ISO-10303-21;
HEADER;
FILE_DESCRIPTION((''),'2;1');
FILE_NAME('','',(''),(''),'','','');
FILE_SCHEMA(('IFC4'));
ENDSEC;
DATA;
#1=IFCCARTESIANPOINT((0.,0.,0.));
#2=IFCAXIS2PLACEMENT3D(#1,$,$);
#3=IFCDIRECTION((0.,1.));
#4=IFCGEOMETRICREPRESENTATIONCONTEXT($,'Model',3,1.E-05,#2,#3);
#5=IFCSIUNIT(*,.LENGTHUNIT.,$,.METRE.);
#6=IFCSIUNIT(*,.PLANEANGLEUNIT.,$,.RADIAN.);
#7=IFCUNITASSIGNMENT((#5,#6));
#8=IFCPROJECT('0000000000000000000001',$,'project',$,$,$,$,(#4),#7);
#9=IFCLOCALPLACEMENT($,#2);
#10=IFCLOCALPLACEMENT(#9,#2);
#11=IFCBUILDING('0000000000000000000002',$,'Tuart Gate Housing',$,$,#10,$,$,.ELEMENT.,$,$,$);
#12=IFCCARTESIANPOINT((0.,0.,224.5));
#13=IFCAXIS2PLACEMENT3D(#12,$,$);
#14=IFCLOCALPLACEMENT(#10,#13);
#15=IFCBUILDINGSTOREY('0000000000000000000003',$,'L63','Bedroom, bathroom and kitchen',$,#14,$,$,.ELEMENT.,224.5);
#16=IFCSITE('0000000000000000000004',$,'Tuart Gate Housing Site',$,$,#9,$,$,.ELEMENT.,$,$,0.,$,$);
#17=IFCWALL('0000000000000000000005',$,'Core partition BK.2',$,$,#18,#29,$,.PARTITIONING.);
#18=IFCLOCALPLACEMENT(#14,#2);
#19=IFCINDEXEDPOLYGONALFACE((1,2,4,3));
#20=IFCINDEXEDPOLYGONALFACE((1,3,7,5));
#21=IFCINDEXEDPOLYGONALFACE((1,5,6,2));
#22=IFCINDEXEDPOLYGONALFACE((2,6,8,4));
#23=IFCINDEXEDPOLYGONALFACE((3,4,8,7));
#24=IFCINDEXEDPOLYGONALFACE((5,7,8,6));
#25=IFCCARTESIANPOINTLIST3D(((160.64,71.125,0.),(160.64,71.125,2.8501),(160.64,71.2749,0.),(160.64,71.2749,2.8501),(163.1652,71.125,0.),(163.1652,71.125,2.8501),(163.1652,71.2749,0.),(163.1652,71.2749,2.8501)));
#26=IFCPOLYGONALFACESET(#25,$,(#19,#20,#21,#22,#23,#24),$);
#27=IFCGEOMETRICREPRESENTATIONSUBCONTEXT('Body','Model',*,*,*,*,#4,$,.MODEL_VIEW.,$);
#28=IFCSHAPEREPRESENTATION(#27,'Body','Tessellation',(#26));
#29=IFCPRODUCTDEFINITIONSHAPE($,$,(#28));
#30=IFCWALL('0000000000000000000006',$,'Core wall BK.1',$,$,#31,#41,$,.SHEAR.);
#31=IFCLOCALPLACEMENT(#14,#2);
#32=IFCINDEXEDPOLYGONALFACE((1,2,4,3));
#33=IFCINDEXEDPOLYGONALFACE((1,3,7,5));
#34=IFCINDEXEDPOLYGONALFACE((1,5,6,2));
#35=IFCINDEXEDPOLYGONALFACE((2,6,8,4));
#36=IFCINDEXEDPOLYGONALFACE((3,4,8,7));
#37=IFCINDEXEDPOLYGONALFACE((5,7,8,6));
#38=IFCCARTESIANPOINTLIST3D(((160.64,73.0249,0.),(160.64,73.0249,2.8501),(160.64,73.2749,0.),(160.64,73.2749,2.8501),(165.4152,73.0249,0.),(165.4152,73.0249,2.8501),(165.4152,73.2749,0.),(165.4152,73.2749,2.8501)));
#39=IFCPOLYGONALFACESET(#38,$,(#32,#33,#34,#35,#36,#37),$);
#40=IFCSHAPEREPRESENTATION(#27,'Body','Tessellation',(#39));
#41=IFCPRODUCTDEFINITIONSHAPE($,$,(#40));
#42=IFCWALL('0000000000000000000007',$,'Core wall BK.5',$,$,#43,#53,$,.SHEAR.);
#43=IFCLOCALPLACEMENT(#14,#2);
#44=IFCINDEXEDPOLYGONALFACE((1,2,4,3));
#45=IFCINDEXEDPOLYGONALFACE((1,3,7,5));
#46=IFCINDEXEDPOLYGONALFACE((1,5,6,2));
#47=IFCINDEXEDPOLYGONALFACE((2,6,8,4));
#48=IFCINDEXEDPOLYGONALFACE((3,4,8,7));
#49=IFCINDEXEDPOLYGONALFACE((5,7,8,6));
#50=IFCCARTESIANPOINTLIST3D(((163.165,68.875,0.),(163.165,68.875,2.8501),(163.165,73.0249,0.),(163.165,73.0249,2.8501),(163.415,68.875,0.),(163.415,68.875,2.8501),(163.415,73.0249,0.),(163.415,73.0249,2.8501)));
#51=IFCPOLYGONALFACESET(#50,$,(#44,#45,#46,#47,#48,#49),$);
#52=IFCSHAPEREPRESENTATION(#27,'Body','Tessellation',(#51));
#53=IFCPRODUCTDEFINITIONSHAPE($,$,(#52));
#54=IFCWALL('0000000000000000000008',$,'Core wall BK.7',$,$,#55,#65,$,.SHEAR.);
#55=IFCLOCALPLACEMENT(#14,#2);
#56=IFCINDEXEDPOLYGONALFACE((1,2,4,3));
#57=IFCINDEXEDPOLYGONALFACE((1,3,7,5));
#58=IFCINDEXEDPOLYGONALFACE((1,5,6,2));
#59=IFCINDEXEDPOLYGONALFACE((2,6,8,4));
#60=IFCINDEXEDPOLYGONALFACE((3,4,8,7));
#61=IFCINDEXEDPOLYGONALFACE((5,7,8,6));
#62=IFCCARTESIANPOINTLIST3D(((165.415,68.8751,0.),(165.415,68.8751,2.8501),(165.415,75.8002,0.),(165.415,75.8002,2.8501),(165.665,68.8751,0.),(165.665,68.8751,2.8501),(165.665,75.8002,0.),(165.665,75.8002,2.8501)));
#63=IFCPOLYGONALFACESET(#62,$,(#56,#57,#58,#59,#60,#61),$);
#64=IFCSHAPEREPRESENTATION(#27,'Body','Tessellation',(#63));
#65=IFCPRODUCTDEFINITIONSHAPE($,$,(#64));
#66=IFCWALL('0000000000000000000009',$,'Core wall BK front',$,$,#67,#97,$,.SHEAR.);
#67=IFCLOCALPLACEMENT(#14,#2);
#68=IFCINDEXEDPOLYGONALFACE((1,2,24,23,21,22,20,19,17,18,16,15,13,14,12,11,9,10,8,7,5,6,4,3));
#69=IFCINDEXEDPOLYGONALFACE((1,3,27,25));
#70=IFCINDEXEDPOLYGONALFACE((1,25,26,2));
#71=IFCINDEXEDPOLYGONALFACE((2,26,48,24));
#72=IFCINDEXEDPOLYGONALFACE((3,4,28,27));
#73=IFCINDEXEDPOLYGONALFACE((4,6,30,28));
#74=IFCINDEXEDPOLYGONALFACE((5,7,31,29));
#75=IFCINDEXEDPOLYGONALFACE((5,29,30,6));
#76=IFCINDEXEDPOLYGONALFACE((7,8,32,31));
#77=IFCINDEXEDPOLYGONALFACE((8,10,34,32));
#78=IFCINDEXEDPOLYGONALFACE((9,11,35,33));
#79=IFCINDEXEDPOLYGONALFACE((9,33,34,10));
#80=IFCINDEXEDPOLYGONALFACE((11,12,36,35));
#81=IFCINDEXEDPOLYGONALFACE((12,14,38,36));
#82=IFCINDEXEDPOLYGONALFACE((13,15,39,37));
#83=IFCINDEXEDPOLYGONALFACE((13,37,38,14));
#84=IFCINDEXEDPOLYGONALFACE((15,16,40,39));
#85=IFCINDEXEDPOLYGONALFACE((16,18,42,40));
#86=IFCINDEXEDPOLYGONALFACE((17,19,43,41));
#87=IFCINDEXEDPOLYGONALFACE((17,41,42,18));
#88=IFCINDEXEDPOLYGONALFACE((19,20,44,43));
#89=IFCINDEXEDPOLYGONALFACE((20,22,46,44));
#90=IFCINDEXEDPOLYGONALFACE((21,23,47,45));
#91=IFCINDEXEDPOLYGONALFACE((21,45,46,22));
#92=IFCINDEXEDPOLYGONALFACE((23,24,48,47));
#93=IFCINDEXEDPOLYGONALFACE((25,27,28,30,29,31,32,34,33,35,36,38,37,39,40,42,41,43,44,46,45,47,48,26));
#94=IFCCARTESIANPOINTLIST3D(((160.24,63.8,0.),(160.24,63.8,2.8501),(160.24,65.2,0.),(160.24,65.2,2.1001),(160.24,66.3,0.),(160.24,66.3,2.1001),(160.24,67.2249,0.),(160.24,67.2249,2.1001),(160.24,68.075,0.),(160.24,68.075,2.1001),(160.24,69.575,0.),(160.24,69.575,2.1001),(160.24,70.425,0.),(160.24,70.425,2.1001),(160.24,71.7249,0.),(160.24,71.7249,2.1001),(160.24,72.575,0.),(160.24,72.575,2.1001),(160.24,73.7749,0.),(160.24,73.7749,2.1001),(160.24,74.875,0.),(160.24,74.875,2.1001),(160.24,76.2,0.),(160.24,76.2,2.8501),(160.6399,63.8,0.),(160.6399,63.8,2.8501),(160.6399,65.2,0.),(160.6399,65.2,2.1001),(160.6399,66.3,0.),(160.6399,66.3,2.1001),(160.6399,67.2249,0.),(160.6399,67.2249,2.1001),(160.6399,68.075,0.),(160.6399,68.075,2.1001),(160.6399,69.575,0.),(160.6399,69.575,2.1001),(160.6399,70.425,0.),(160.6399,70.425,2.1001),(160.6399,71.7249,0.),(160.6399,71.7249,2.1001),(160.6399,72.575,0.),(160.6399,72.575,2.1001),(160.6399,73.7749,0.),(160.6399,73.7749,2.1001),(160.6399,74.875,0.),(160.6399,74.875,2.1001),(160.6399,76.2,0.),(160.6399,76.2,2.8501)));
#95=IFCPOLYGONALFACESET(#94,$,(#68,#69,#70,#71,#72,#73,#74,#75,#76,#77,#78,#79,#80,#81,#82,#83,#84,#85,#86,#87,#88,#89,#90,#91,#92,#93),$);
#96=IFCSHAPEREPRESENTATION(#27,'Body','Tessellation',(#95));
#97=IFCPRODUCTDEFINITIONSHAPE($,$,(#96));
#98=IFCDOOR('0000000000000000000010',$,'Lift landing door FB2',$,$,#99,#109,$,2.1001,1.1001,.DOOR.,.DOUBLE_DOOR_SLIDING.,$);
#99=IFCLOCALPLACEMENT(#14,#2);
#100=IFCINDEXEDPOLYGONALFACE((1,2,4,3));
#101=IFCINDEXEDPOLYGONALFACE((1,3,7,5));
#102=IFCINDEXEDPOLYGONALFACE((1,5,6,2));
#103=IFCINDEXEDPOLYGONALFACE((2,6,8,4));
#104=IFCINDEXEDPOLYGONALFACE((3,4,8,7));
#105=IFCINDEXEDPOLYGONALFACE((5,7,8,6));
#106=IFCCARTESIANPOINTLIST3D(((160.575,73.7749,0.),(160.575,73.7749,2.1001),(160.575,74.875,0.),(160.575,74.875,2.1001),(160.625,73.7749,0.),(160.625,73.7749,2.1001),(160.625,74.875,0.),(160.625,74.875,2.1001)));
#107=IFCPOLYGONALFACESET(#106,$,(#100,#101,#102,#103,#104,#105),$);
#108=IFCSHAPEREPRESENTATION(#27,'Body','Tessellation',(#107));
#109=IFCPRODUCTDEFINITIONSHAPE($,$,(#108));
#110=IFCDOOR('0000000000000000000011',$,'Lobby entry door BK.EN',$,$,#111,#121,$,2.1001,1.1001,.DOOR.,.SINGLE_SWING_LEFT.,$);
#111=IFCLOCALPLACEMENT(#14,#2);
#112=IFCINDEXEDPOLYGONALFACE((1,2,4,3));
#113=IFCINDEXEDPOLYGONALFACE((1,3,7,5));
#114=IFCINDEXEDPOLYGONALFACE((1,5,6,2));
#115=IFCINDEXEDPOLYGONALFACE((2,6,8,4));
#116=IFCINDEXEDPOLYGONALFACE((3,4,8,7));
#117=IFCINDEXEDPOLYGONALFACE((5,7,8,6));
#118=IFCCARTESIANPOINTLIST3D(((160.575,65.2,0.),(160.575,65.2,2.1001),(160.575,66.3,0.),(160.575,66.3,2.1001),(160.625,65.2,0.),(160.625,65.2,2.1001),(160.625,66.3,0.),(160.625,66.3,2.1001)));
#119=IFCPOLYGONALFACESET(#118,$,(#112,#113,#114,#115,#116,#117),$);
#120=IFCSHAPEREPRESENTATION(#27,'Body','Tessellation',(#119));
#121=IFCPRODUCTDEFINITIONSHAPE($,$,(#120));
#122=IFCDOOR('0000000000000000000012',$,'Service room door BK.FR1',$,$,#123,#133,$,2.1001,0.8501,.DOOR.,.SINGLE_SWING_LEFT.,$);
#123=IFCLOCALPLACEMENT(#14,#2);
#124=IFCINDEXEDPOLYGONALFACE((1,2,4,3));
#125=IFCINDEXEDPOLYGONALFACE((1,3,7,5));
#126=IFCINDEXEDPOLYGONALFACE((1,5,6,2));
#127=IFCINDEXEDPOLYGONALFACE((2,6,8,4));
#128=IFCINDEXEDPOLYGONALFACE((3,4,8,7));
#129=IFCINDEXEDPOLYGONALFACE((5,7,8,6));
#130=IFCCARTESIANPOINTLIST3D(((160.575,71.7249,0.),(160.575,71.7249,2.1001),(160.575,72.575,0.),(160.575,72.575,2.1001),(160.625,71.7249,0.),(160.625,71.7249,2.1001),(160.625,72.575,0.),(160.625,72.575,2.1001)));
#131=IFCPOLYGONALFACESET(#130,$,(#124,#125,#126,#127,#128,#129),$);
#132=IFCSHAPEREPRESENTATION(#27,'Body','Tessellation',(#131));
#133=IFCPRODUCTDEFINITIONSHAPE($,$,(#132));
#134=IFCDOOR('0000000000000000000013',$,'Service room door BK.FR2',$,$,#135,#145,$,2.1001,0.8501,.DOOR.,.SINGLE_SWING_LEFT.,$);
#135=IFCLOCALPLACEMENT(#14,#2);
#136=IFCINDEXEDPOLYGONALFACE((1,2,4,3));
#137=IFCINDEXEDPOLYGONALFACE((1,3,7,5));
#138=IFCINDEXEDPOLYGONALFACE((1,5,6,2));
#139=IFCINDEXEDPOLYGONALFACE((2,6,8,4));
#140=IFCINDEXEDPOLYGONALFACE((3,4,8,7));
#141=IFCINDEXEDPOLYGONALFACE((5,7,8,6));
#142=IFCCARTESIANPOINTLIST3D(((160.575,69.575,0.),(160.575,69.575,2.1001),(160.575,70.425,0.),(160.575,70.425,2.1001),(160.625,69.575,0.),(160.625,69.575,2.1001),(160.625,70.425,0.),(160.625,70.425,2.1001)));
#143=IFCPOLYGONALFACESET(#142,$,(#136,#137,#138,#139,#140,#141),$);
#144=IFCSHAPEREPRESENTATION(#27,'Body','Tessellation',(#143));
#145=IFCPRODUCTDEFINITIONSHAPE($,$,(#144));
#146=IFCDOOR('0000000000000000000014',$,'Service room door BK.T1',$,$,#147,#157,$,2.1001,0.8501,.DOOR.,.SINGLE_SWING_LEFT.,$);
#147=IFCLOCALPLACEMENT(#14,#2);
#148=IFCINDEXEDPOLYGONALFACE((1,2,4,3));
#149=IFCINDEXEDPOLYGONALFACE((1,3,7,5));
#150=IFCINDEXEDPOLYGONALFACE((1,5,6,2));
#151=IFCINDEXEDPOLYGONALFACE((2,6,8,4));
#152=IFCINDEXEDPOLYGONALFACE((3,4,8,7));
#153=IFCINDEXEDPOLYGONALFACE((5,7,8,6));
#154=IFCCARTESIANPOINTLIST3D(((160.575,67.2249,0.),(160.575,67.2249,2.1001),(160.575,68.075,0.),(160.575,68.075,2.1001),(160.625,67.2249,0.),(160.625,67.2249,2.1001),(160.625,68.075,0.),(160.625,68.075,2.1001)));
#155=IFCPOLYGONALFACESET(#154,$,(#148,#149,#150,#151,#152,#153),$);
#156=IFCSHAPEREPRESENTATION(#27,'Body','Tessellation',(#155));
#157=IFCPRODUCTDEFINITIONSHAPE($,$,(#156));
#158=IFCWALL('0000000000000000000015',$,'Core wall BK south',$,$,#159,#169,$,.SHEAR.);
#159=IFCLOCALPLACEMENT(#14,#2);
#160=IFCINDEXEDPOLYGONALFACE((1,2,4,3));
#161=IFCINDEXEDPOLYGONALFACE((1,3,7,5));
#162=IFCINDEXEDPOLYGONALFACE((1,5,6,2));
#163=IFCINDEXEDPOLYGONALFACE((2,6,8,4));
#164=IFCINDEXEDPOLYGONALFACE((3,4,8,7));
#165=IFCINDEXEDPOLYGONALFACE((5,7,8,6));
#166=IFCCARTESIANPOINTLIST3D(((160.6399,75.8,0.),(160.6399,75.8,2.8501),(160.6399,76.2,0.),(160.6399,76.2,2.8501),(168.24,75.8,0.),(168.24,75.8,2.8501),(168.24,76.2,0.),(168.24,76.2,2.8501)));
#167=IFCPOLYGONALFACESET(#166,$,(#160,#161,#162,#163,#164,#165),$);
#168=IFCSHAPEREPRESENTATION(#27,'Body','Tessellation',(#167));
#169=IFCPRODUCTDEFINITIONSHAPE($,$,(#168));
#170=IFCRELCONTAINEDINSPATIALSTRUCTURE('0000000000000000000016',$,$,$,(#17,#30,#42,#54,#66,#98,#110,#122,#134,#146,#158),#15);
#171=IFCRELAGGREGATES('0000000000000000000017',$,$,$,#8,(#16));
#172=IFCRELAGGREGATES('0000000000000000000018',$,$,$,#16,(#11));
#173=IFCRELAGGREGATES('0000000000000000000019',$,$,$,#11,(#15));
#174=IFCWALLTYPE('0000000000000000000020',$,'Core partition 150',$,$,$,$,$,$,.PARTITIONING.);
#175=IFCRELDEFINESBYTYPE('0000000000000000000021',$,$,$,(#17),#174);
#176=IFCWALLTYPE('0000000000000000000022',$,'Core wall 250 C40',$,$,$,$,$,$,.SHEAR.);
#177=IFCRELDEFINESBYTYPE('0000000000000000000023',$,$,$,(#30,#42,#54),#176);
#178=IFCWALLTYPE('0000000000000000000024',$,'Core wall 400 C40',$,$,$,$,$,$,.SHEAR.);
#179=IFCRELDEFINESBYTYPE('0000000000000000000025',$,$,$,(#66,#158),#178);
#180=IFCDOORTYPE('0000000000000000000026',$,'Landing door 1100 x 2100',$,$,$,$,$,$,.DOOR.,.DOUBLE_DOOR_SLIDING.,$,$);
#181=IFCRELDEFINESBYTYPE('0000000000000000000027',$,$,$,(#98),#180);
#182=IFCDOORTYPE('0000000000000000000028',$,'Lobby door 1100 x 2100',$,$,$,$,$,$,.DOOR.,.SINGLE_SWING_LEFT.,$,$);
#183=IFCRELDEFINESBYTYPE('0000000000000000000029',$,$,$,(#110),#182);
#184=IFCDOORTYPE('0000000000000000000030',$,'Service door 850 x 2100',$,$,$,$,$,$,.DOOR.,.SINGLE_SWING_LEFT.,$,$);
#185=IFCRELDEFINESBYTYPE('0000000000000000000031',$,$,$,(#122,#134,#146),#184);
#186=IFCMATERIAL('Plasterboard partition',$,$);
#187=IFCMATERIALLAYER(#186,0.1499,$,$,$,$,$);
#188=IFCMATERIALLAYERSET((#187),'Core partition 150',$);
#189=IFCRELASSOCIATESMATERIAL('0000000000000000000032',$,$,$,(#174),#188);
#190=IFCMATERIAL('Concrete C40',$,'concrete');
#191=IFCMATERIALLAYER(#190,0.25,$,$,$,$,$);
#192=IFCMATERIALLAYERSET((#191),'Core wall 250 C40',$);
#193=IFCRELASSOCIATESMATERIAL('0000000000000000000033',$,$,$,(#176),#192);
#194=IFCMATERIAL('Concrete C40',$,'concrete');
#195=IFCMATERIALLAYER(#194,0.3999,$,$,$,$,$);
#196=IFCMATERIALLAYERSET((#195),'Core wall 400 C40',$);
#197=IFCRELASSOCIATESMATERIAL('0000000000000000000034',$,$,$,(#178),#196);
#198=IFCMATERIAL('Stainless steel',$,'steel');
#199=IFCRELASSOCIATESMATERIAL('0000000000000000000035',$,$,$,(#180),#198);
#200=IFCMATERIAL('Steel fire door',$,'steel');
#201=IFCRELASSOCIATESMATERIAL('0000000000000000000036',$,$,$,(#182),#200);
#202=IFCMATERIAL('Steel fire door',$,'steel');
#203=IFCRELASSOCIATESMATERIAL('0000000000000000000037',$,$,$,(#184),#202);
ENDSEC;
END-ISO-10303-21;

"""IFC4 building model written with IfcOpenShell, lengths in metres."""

from ifc_helpers import new_model, si_unit, direction, frame, frame_2d, origin, place, context, subcontext, project, spatial, rectangle, extrude, material, layer, layer_set, type_object, element, fill, save


model = new_model("IFC4")

# Units and contexts
model_context = context("Model", 3, precision=1e-05, world=origin(), true_north=direction((0.0, 1.0)))
body_context = subcontext(model_context, "Body", "Model", "MODEL_VIEW")
ifc_project = project(units=[si_unit("LENGTHUNIT", "METRE"), si_unit("PLANEANGLEUNIT", "RADIAN")], contexts=[model_context])

# Site, building, storey
site_placement = place(None, origin())
site = spatial("IfcSite", under=ifc_project, at=site_placement, Name="Tuart Gate Housing Site", CompositionType="ELEMENT", RefElevation=0.0)
building_placement = place(site_placement, origin())
building = spatial("IfcBuilding", under=site, at=building_placement, Name="Tuart Gate Housing", CompositionType="ELEMENT")
storey_placement = place(building_placement, frame((0.0, 0.0, 224.5)))
storey = spatial("IfcBuildingStorey", under=building, at=storey_placement, Name="L63", Description="Bedroom, bathroom and kitchen", CompositionType="ELEMENT", Elevation=224.5)

# Walls
ifc_material_1 = material(Name="Plasterboard partition")
ifc_layer_1 = layer(ifc_material_1, 0.1499)
ifc_layer_set_1 = layer_set([ifc_layer_1], Name="Core partition 150")
wall_type_1 = type_object("IfcWallType", Name="Core partition 150", PredefinedType="PARTITIONING", material=ifc_layer_set_1)
wall_1_placement = place(storey_placement, frame((160.6399, 71.2, 0.0), z_axis=(0.0, 0.0, 1.0), x_axis=(1.0, 0.0, 0.0)))
element("IfcWall", 1, at=wall_1_placement, inside=storey, type_object=wall_type_1, Name="Core partition BK.2", PredefinedType="PARTITIONING", context=body_context, shape_type="SweptSolid", body=[
    extrude(rectangle(XDim=2.5251, YDim=0.1499, at=frame_2d((1.2627, 0.0))), origin(), (0.0, 0.0, 1.0), 2.8501),
])
ifc_material_2 = material(Name="Concrete C40", Category="concrete")
ifc_layer_2 = layer(ifc_material_2, 0.25)
ifc_layer_set_2 = layer_set([ifc_layer_2], Name="Core wall 250 C40")
wall_type_2 = type_object("IfcWallType", Name="Core wall 250 C40", PredefinedType="SHEAR", material=ifc_layer_set_2)
wall_2_placement = place(storey_placement, frame((160.6399, 73.1499, 0.0), z_axis=(0.0, 0.0, 1.0), x_axis=(1.0, 0.0, 0.0)))
element("IfcWall", 2, at=wall_2_placement, inside=storey, type_object=wall_type_2, Name="Core wall BK.1", PredefinedType="SHEAR", context=body_context, shape_type="SweptSolid", body=[
    extrude(rectangle(XDim=4.7751, YDim=0.25, at=frame_2d((2.3877, 0.0))), origin(), (0.0, 0.0, 1.0), 2.8501),
])
wall_3_placement = place(storey_placement, frame((163.29, 73.0249, 0.0), z_axis=(0.0, 0.0, 1.0), x_axis=(0.0, -1.0, 0.0)))
element("IfcWall", 3, at=wall_3_placement, inside=storey, type_object=wall_type_2, Name="Core wall BK.5", PredefinedType="SHEAR", context=body_context, shape_type="SweptSolid", body=[
    extrude(rectangle(XDim=4.1499, YDim=0.25, at=frame_2d((2.075, 0.0))), origin(), (0.0, 0.0, 1.0), 2.8501),
])
wall_4_placement = place(storey_placement, frame((165.54, 75.8, 0.0), z_axis=(0.0, 0.0, 1.0), x_axis=(0.0, -1.0, 0.0)))
element("IfcWall", 4, at=wall_4_placement, inside=storey, type_object=wall_type_2, Name="Core wall BK.7", PredefinedType="SHEAR", context=body_context, shape_type="SweptSolid", body=[
    extrude(rectangle(XDim=6.925, YDim=0.25, at=frame_2d((3.4624, 0.0))), origin(), (0.0, 0.0, 1.0), 2.8501),
])

# Wall, openings, doors
ifc_material_3 = material(Name="Concrete C40", Category="concrete")
ifc_layer_3 = layer(ifc_material_3, 0.3999)
ifc_layer_set_3 = layer_set([ifc_layer_3], Name="Core wall 400 C40")
wall_type_3 = type_object("IfcWallType", Name="Core wall 400 C40", PredefinedType="SHEAR", material=ifc_layer_set_3)
wall_5_placement = place(storey_placement, frame((160.4399, 76.2, 0.0), z_axis=(0.0, 0.0, 1.0), x_axis=(0.0, -1.0, 0.0)))
wall_5 = element("IfcWall", 5, at=wall_5_placement, inside=storey, type_object=wall_type_3, Name="Core wall BK front", PredefinedType="SHEAR", context=body_context, shape_type="SweptSolid", body=[
    extrude(rectangle(XDim=12.3999, YDim=0.3999, at=frame_2d((6.2, 0.0))), origin(), (0.0, 0.0, 1.0), 2.8501),
])
opening_1_placement = place(wall_5_placement, frame((1.325, 0.0, 0.0)))
opening_1 = element("IfcOpeningElement", 6, at=opening_1_placement, cuts=wall_5, PredefinedType="OPENING", context=body_context, shape_type="SweptSolid", body=[
    extrude(rectangle(XDim=1.1001, YDim=2.1001, at=frame_2d((0.55, 1.05))), frame((0.0, 0.21, 0.0), z_axis=(0.0, -1.0, 0.0), x_axis=(1.0, 0.0, 0.0)), (0.0, 0.0, 1.0), 0.4199),
])
opening_2_placement = place(wall_5_placement, frame((3.625, 0.0, 0.0)))
opening_2 = element("IfcOpeningElement", 7, at=opening_2_placement, cuts=wall_5, PredefinedType="OPENING", context=body_context, shape_type="SweptSolid", body=[
    extrude(rectangle(XDim=0.8501, YDim=2.1001, at=frame_2d((0.425, 1.05))), frame((0.0, 0.21, 0.0), z_axis=(0.0, -1.0, 0.0), x_axis=(1.0, 0.0, 0.0)), (0.0, 0.0, 1.0), 0.4199),
])
opening_3_placement = place(wall_5_placement, frame((5.7749, 0.0, 0.0)))
opening_3 = element("IfcOpeningElement", 8, at=opening_3_placement, cuts=wall_5, PredefinedType="OPENING", context=body_context, shape_type="SweptSolid", body=[
    extrude(rectangle(XDim=0.8501, YDim=2.1001, at=frame_2d((0.425, 1.05))), frame((0.0, 0.21, 0.0), z_axis=(0.0, -1.0, 0.0), x_axis=(1.0, 0.0, 0.0)), (0.0, 0.0, 1.0), 0.4199),
])
opening_4_placement = place(wall_5_placement, frame((9.8999, 0.0, 0.0)))
opening_4 = element("IfcOpeningElement", 9, at=opening_4_placement, cuts=wall_5, PredefinedType="OPENING", context=body_context, shape_type="SweptSolid", body=[
    extrude(rectangle(XDim=1.1001, YDim=2.1001, at=frame_2d((0.55, 1.05))), frame((0.0, 0.21, 0.0), z_axis=(0.0, -1.0, 0.0), x_axis=(1.0, 0.0, 0.0)), (0.0, 0.0, 1.0), 0.4199),
])
opening_5_placement = place(wall_5_placement, frame((8.125, 0.0, 0.0)))
opening_5 = element("IfcOpeningElement", 10, at=opening_5_placement, cuts=wall_5, PredefinedType="OPENING", context=body_context, shape_type="SweptSolid", body=[
    extrude(rectangle(XDim=0.8501, YDim=2.1001, at=frame_2d((0.425, 1.05))), frame((0.0, 0.21, 0.0), z_axis=(0.0, -1.0, 0.0), x_axis=(1.0, 0.0, 0.0)), (0.0, 0.0, 1.0), 0.4199),
])
ifc_material_4 = material(Name="Stainless steel", Category="steel")
door_type_1 = type_object("IfcDoorType", Name="Landing door 1100 x 2100", OperationType="DOUBLE_DOOR_SLIDING", PredefinedType="DOOR", material=ifc_material_4)
door_1_placement = place(opening_1_placement, origin())
door_1 = element("IfcDoor", 11, at=door_1_placement, inside=storey, type_object=door_type_1, Name="Lift landing door FB2", OperationType="DOUBLE_DOOR_SLIDING", OverallHeight=2.1001, OverallWidth=1.1001, PredefinedType="DOOR", context=body_context, shape_type="SweptSolid", body=[
    extrude(rectangle(XDim=1.1001, YDim=2.1001, at=frame_2d((0.55, 1.05))), frame((0.0, 0.1851, 0.0), z_axis=(0.0, -1.0, 0.0), x_axis=(1.0, 0.0, 0.0)), (0.0, 0.0, 1.0), 0.05),
])
fill(opening_1, door_1)
ifc_material_5 = material(Name="Steel fire door", Category="steel")
door_type_2 = type_object("IfcDoorType", Name="Lobby door 1100 x 2100", OperationType="SINGLE_SWING_LEFT", PredefinedType="DOOR", material=ifc_material_5)
door_2_placement = place(opening_4_placement, origin())
door_2 = element("IfcDoor", 12, at=door_2_placement, inside=storey, type_object=door_type_2, Name="Lobby entry door BK.EN", OperationType="SINGLE_SWING_LEFT", OverallHeight=2.1001, OverallWidth=1.1001, PredefinedType="DOOR", context=body_context, shape_type="SweptSolid", body=[
    extrude(rectangle(XDim=1.1001, YDim=2.1001, at=frame_2d((0.55, 1.05))), frame((0.0, 0.1851, 0.0), z_axis=(0.0, -1.0, 0.0), x_axis=(1.0, 0.0, 0.0)), (0.0, 0.0, 1.0), 0.05),
])
fill(opening_4, door_2)
ifc_material_6 = material(Name="Steel fire door", Category="steel")
door_type_3 = type_object("IfcDoorType", Name="Service door 850 x 2100", OperationType="SINGLE_SWING_LEFT", PredefinedType="DOOR", material=ifc_material_6)
door_3_placement = place(opening_2_placement, origin())
door_3 = element("IfcDoor", 13, at=door_3_placement, inside=storey, type_object=door_type_3, Name="Service room door BK.FR1", OperationType="SINGLE_SWING_LEFT", OverallHeight=2.1001, OverallWidth=0.8501, PredefinedType="DOOR", context=body_context, shape_type="SweptSolid", body=[
    extrude(rectangle(XDim=0.8501, YDim=2.1001, at=frame_2d((0.425, 1.05))), frame((0.0, 0.1851, 0.0), z_axis=(0.0, -1.0, 0.0), x_axis=(1.0, 0.0, 0.0)), (0.0, 0.0, 1.0), 0.05),
])
fill(opening_2, door_3)
door_4_placement = place(opening_3_placement, origin())
door_4 = element("IfcDoor", 14, at=door_4_placement, inside=storey, type_object=door_type_3, Name="Service room door BK.FR2", OperationType="SINGLE_SWING_LEFT", OverallHeight=2.1001, OverallWidth=0.8501, PredefinedType="DOOR", context=body_context, shape_type="SweptSolid", body=[
    extrude(rectangle(XDim=0.8501, YDim=2.1001, at=frame_2d((0.425, 1.05))), frame((0.0, 0.1851, 0.0), z_axis=(0.0, -1.0, 0.0), x_axis=(1.0, 0.0, 0.0)), (0.0, 0.0, 1.0), 0.05),
])
fill(opening_3, door_4)
door_5_placement = place(opening_5_placement, origin())
door_5 = element("IfcDoor", 15, at=door_5_placement, inside=storey, type_object=door_type_3, Name="Service room door BK.T1", OperationType="SINGLE_SWING_LEFT", OverallHeight=2.1001, OverallWidth=0.8501, PredefinedType="DOOR", context=body_context, shape_type="SweptSolid", body=[
    extrude(rectangle(XDim=0.8501, YDim=2.1001, at=frame_2d((0.425, 1.05))), frame((0.0, 0.1851, 0.0), z_axis=(0.0, -1.0, 0.0), x_axis=(1.0, 0.0, 0.0)), (0.0, 0.0, 1.0), 0.05),
])
fill(opening_5, door_5)

# Wall
wall_6_placement = place(storey_placement, frame((160.6399, 76.0, 0.0), z_axis=(0.0, 0.0, 1.0), x_axis=(1.0, 0.0, 0.0)))
element("IfcWall", 16, at=wall_6_placement, inside=storey, type_object=wall_type_3, Name="Core wall BK south", PredefinedType="SHEAR", context=body_context, shape_type="SweptSolid", body=[
    extrude(rectangle(XDim=7.6001, YDim=0.3999, at=frame_2d((3.8, 0.0))), origin(), (0.0, 0.0, 1.0), 2.8501),
])

save(model, "model.ifc")
